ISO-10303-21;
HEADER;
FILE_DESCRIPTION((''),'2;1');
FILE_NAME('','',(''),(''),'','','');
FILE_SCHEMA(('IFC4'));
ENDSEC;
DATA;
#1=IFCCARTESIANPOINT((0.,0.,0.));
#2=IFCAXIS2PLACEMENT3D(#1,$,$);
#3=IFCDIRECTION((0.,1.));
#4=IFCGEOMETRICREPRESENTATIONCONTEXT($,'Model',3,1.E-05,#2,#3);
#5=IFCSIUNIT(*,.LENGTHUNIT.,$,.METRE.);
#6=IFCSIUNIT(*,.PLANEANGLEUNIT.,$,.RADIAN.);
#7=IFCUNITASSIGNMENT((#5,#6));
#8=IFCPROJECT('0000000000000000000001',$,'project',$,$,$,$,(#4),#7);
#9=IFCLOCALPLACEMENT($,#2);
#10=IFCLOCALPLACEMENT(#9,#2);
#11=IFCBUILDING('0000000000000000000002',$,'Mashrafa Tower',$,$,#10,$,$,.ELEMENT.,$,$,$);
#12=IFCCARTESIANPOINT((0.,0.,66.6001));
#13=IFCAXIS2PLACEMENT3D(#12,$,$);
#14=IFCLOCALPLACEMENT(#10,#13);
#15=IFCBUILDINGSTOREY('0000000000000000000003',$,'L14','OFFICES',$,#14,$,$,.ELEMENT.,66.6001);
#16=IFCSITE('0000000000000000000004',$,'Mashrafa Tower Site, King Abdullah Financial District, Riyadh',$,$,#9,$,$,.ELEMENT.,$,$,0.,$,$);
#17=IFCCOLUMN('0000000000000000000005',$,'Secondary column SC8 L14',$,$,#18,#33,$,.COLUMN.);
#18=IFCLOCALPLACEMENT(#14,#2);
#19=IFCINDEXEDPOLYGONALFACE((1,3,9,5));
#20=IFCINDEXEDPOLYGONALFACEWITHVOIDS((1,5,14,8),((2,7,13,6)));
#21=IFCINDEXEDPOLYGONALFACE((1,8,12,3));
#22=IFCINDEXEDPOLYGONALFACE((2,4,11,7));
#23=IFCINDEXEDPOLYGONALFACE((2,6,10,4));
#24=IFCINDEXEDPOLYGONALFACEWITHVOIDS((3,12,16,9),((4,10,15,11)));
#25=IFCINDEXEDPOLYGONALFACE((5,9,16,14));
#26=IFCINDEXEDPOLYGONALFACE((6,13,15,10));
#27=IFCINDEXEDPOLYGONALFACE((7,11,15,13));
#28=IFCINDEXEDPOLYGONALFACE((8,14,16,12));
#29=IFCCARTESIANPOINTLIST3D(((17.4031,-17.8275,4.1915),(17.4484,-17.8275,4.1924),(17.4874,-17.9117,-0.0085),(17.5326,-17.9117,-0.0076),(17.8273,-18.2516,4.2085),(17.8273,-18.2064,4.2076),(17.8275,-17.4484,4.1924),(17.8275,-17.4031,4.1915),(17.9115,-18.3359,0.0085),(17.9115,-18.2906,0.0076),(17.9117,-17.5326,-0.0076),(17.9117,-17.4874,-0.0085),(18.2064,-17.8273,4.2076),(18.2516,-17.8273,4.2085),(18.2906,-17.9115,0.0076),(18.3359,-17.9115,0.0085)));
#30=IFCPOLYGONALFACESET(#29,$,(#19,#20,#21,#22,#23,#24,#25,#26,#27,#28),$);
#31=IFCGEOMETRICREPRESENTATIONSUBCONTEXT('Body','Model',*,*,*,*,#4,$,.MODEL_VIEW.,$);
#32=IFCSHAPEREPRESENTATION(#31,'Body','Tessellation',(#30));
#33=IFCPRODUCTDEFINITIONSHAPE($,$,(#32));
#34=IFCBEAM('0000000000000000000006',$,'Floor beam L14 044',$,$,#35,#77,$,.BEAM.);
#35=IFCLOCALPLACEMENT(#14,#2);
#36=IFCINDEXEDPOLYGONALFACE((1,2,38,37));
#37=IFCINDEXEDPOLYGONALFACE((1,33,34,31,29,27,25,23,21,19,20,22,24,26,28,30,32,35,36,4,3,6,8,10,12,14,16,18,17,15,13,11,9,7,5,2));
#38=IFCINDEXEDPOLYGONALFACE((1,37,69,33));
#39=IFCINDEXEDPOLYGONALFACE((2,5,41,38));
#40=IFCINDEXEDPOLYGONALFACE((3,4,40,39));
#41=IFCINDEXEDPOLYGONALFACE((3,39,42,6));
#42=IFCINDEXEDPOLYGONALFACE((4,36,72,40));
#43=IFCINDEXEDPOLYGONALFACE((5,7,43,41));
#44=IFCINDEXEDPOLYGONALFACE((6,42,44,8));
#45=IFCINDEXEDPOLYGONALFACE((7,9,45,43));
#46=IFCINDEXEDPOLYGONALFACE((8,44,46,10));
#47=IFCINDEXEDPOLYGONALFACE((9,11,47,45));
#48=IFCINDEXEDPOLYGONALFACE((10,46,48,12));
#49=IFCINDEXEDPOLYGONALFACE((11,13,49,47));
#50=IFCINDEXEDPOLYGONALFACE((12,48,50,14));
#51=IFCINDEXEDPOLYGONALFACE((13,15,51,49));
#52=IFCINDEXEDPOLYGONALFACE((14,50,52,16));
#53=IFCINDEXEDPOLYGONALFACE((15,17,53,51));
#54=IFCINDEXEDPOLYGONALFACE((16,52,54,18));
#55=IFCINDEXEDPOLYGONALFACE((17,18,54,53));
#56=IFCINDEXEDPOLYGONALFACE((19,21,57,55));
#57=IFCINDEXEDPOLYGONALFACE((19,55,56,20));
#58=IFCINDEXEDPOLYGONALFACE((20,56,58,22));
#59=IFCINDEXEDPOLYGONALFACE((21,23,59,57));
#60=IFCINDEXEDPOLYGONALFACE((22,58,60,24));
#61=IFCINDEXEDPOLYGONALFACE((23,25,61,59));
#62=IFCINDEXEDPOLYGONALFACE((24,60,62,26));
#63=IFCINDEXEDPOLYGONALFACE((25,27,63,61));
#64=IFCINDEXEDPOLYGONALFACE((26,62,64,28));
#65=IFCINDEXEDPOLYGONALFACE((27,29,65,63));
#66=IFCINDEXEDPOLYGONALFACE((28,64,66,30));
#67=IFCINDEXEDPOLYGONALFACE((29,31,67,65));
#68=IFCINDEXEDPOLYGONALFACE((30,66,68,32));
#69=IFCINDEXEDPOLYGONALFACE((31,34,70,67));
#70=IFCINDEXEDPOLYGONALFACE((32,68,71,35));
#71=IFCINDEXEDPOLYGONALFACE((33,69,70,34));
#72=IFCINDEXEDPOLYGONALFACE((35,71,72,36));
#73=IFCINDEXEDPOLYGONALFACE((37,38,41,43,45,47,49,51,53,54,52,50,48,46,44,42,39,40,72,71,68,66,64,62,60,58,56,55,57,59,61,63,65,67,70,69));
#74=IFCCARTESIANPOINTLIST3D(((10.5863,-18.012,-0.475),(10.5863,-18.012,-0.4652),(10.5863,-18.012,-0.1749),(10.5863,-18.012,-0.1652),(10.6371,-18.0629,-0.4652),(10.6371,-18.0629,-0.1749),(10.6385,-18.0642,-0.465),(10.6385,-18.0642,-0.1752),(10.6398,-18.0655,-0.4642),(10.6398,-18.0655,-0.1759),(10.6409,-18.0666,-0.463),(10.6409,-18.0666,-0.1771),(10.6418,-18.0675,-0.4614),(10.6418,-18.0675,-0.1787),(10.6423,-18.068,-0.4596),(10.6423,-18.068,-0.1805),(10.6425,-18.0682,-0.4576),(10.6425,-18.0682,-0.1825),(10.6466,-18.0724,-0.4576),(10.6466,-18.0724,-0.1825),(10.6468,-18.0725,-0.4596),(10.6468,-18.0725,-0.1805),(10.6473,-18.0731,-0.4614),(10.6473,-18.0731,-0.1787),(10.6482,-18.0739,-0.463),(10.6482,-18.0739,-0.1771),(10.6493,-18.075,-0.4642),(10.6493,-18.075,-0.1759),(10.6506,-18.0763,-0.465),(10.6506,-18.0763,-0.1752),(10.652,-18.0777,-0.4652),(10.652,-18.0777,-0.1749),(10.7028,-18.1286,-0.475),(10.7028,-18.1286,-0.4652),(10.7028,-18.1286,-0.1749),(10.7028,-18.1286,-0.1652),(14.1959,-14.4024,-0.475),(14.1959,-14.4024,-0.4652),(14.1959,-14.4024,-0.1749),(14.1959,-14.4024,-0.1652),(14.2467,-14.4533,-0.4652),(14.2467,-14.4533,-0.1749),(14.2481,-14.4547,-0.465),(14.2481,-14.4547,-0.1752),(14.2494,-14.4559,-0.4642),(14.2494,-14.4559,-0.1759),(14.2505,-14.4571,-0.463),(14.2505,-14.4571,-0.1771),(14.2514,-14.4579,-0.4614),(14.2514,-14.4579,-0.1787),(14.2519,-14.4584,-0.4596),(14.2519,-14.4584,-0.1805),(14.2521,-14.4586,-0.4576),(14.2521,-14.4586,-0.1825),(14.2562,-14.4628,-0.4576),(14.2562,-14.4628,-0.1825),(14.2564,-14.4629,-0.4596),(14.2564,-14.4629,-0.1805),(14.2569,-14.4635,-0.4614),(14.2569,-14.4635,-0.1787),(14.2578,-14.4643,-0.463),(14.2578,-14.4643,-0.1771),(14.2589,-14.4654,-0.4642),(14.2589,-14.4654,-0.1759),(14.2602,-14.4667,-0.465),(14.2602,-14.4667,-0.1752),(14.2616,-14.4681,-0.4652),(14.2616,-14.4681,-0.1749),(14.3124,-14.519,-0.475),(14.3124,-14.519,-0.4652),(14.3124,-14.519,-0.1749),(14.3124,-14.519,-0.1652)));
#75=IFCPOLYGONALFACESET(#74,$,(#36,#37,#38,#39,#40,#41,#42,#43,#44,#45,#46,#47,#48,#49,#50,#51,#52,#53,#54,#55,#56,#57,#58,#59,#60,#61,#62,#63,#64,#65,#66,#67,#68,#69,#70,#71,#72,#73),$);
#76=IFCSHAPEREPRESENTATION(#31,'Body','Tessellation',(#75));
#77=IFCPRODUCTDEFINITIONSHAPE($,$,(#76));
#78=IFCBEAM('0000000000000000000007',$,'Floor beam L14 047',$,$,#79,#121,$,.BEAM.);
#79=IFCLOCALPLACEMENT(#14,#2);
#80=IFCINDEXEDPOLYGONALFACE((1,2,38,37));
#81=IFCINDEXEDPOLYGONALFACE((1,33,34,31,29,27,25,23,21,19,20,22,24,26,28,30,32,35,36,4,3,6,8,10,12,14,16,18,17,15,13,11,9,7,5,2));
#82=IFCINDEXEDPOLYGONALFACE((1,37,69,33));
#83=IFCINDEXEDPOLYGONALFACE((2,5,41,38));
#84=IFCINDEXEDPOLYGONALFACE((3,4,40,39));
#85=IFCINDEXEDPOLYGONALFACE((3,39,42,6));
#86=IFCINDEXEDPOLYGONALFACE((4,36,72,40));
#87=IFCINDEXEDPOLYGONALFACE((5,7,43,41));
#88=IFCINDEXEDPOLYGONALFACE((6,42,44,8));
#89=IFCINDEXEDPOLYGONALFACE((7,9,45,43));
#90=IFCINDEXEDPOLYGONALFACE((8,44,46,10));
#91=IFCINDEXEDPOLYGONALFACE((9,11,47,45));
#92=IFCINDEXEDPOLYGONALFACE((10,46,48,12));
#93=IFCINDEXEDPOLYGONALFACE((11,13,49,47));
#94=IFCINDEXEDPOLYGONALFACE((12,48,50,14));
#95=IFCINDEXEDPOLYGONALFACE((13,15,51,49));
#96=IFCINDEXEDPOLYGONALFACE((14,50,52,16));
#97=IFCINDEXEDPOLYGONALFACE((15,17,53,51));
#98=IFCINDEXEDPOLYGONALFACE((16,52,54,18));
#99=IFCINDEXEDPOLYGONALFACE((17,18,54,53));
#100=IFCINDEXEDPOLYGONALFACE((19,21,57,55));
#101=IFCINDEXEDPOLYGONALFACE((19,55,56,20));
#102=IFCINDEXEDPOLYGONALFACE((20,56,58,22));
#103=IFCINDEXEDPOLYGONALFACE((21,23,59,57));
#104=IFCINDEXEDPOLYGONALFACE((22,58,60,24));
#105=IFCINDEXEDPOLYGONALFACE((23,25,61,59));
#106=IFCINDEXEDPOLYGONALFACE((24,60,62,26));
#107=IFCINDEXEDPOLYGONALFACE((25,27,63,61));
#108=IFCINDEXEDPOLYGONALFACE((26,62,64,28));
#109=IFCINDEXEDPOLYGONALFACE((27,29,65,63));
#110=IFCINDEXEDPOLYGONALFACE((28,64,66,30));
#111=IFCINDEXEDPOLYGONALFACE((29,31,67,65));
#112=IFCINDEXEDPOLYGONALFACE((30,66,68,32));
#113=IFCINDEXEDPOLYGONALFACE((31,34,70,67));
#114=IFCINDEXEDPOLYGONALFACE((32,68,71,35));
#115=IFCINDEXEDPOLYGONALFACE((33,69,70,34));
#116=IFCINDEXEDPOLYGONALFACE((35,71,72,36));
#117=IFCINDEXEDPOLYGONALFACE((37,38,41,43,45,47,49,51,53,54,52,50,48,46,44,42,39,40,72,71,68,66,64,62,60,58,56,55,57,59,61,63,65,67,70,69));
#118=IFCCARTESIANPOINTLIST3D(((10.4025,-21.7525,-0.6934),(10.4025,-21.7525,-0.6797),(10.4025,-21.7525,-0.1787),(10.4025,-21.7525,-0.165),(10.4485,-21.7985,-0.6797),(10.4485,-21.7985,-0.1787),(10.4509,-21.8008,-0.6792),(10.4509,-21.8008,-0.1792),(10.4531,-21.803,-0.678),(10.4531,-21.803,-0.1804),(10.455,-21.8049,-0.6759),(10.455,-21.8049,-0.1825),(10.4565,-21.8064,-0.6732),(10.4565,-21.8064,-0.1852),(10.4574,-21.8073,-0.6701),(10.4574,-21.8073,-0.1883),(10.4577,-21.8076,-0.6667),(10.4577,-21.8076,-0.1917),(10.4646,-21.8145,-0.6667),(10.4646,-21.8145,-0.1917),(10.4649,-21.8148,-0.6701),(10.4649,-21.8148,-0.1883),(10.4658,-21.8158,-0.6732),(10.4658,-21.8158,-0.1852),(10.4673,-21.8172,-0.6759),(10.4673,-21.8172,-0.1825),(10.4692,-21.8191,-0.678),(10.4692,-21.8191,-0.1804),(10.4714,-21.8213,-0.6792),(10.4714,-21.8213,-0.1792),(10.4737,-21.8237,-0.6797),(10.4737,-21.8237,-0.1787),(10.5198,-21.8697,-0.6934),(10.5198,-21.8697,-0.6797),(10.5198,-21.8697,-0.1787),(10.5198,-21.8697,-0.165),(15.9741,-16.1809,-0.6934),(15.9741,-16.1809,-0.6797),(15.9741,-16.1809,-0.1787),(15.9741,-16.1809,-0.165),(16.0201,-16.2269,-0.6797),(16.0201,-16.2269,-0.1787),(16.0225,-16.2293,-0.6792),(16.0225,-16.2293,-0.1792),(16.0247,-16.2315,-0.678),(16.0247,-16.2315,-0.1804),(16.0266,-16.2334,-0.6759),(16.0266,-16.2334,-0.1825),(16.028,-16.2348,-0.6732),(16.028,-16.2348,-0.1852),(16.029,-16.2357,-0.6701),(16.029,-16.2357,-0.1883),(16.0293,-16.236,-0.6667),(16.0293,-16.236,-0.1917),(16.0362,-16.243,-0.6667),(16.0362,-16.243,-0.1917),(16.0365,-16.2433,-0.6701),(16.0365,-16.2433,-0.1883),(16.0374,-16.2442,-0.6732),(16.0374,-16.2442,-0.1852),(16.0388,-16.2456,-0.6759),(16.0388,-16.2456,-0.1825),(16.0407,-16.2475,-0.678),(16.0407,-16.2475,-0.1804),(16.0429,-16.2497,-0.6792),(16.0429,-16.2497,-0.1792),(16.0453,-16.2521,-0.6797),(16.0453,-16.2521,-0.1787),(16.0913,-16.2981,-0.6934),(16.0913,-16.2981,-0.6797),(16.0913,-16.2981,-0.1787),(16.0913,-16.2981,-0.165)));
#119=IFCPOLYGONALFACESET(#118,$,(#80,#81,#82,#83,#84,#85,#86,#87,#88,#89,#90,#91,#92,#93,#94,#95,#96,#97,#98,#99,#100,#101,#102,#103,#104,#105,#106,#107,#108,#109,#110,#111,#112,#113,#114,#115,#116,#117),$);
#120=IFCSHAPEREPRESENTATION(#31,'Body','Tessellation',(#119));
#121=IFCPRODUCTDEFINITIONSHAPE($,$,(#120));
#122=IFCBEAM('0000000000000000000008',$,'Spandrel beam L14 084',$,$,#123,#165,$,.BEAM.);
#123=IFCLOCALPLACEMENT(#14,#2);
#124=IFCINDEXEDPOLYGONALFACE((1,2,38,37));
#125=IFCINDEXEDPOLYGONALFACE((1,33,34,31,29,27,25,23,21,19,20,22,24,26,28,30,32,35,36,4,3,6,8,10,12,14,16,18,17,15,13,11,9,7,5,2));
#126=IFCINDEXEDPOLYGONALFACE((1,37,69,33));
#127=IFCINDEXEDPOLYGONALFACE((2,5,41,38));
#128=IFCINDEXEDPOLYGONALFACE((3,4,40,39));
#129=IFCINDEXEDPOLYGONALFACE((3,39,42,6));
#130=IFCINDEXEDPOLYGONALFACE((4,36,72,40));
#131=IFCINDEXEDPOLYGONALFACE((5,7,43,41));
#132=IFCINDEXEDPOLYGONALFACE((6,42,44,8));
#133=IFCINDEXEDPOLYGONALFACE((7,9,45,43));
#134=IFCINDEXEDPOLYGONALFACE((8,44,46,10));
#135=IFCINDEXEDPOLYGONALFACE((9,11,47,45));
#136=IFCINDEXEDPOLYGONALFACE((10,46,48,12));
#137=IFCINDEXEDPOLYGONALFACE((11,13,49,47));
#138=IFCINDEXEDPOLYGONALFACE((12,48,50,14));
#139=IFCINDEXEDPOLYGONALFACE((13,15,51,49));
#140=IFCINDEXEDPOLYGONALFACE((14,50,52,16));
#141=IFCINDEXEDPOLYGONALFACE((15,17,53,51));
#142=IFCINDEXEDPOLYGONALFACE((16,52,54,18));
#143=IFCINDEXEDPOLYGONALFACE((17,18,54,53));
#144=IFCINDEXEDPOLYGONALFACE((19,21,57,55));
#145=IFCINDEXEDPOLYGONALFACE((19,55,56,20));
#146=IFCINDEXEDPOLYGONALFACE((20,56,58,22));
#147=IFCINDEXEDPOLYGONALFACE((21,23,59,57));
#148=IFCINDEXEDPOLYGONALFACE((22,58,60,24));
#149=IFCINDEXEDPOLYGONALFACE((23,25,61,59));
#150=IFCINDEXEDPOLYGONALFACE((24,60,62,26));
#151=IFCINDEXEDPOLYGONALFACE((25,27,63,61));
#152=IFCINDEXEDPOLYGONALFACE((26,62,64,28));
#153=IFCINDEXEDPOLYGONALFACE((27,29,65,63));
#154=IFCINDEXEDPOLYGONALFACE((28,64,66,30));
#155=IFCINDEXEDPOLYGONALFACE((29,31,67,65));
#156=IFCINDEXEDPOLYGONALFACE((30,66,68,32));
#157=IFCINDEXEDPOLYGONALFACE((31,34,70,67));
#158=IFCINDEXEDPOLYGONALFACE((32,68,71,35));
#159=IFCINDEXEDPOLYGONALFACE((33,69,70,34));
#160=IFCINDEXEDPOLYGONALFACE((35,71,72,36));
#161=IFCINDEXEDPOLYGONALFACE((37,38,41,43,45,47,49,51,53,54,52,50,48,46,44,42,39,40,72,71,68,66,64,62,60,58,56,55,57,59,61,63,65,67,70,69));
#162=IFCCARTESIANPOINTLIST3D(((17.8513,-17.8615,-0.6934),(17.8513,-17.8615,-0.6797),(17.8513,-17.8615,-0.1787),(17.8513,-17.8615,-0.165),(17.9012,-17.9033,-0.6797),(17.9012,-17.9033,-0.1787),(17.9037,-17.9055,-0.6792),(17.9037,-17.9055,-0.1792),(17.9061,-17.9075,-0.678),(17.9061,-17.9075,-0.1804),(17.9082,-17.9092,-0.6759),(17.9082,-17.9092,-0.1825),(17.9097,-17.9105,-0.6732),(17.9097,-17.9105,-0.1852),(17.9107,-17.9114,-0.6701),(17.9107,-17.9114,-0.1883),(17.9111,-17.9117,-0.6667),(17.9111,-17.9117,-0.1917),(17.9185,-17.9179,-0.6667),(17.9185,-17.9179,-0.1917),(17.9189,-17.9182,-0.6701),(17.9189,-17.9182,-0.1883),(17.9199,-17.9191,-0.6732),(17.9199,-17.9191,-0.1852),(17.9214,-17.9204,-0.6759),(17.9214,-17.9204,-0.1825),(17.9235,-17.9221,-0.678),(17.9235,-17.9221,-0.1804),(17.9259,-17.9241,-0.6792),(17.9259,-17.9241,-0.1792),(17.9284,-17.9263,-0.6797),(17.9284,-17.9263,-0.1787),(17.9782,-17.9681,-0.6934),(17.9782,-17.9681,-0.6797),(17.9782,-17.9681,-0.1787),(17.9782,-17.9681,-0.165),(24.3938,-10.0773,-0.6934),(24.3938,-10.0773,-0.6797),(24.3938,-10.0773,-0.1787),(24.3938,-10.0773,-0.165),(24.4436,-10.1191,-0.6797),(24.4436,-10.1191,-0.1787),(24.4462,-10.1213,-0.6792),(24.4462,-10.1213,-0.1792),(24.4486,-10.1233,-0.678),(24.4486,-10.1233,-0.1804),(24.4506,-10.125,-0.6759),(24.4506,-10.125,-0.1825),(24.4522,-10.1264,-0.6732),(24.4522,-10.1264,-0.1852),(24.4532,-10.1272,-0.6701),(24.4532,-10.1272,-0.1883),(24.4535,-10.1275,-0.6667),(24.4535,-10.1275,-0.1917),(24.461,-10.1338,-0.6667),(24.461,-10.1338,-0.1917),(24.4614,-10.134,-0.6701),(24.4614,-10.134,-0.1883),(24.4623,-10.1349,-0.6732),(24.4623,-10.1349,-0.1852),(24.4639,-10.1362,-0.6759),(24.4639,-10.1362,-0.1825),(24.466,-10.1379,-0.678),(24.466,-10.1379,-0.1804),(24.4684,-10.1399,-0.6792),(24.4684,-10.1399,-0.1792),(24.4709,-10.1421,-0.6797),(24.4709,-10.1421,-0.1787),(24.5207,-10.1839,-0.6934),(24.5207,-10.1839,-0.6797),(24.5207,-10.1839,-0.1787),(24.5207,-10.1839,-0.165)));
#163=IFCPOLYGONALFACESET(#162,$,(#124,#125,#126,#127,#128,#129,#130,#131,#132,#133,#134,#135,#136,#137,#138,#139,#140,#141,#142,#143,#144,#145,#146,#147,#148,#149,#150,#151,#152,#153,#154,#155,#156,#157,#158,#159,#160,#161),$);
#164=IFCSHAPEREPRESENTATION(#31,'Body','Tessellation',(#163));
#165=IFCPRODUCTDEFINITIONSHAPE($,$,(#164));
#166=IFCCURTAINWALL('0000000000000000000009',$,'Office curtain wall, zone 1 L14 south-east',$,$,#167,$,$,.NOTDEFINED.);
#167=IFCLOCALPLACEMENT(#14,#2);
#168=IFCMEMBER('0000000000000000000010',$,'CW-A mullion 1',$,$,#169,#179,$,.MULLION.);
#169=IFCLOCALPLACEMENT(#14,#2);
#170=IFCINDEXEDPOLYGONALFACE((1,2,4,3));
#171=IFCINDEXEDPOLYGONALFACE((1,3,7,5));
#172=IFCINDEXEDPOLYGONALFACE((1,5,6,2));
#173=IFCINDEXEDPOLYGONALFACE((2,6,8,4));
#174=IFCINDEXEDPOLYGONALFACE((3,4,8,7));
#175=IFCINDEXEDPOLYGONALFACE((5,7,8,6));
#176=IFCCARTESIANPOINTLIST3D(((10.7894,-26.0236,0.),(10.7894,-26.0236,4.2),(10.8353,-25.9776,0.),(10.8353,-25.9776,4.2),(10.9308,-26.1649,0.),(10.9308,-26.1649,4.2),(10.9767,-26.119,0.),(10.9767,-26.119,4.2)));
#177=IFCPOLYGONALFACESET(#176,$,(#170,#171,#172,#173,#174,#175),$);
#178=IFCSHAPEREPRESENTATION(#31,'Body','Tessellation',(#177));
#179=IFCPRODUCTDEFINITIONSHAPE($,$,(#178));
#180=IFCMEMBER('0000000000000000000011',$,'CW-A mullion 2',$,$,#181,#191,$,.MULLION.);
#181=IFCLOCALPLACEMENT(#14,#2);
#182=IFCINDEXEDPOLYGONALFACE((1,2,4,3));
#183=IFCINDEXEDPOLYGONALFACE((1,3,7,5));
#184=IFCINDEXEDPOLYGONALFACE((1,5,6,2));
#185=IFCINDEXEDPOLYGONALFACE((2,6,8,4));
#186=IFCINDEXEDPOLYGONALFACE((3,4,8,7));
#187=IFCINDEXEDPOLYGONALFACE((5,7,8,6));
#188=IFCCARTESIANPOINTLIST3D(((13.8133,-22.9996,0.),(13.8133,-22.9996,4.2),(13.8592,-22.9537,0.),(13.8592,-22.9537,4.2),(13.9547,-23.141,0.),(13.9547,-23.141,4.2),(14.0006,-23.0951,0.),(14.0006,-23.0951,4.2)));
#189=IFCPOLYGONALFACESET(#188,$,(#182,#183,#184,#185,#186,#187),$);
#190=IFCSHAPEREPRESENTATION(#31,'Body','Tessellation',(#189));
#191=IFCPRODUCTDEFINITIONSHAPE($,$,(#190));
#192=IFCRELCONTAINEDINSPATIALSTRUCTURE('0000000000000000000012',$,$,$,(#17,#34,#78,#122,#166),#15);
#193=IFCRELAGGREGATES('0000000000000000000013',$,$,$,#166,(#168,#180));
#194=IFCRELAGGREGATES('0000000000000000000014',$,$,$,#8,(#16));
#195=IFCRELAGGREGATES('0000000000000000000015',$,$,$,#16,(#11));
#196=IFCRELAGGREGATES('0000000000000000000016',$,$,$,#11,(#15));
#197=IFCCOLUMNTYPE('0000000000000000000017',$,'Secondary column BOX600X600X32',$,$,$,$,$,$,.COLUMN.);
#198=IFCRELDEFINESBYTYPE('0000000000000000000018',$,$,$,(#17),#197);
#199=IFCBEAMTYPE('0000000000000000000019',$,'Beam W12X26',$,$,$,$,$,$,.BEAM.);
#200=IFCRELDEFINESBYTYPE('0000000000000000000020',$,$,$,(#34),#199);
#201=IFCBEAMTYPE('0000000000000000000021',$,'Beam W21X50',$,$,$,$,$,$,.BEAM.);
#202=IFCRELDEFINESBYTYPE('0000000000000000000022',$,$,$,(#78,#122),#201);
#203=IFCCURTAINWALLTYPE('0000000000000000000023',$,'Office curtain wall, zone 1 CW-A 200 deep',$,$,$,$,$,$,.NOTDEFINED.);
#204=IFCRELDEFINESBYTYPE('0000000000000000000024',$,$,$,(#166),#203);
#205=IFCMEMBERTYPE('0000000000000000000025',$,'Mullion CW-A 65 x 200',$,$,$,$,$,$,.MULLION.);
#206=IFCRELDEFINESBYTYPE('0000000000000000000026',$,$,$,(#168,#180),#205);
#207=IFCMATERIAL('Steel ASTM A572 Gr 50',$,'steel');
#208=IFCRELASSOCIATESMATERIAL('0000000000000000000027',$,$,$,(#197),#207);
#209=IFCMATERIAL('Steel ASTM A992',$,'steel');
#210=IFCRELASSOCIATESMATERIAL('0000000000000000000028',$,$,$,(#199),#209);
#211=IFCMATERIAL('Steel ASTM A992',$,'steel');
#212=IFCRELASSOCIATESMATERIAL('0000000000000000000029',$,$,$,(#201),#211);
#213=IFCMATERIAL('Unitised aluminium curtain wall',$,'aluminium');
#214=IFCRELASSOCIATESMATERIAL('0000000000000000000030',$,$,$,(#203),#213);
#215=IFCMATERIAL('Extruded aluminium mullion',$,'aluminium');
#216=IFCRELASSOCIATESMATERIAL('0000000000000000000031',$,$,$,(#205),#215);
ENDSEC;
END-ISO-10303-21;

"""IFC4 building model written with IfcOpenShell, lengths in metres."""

from ifc_helpers import new_model, si_unit, direction, frame, origin, origin_2d, place, context, subcontext, project, spatial, rectangle, hollow_rectangle, i_section, extrude, source, transform, mapped, material, material_profile, profile_set, type_object, type_shapes, element, aggregate, save


model = new_model("IFC4")

# Units and contexts
model_context = context("Model", 3, precision=1e-05, world=origin(), true_north=direction((0.0, 1.0)))
body_context = subcontext(model_context, "Body", "Model", "MODEL_VIEW")
ifc_project = project(units=[si_unit("LENGTHUNIT", "METRE"), si_unit("PLANEANGLEUNIT", "RADIAN")], contexts=[model_context])

# Site, building, storey
site_placement = place(None, origin())
site = spatial("IfcSite", under=ifc_project, at=site_placement, Name="Mashrafa Tower Site, King Abdullah Financial District, Riyadh", CompositionType="ELEMENT", RefElevation=0.0)
building_placement = place(site_placement, origin())
building = spatial("IfcBuilding", under=site, at=building_placement, Name="Mashrafa Tower", CompositionType="ELEMENT")
storey_placement = place(building_placement, frame((0.0, 0.0, 66.6001)))
storey = spatial("IfcBuildingStorey", under=building, at=storey_placement, Name="L14", Description="OFFICES", CompositionType="ELEMENT", Elevation=66.6001)

# Column
ifc_material_1 = material(Name="Steel ASTM A572 Gr 50", Category="steel")
ifc_material_profile_1 = material_profile(ifc_material_1, hollow_rectangle(XDim=0.6001, YDim=0.6001, WallThickness=0.032, at=origin_2d()), Name="BOX600X600X32")
ifc_profile_set_1 = profile_set([ifc_material_profile_1], Name="Steel ASTM A572 Gr 50")
column_type = type_object("IfcColumnType", Name="Secondary column BOX600X600X32", PredefinedType="COLUMN", material=ifc_profile_set_1)
column_placement = place(storey_placement, frame((17.9116, -17.9116, 0.0), z_axis=(-0.020047, 0.020047, 0.999598), x_axis=(-0.707107, -0.707107, 0.0)))
element("IfcColumn", 1, at=column_placement, inside=storey, type_object=column_type, Name="Secondary column SC8 L14", PredefinedType="COLUMN", context=body_context, shape_type="SweptSolid", body=[
    extrude(hollow_rectangle(XDim=0.6001, YDim=0.6001, WallThickness=0.032, at=origin_2d()), origin(), (0.0, 0.0, 1.0), 4.2017),
])

# Beams
ifc_material_2 = material(Name="Steel ASTM A992", Category="steel")
ifc_material_profile_2 = material_profile(ifc_material_2, i_section(OverallWidth=0.1648, OverallDepth=0.3098, WebThickness=0.0059, FlangeThickness=0.0098, FilletRadius=0.0076, at=origin_2d()), Name="W12X26")
ifc_profile_set_2 = profile_set([ifc_material_profile_2], Name="Steel ASTM A992")
beam_type_1 = type_object("IfcBeamType", Name="Beam W12X26", PredefinedType="BEAM", material=ifc_profile_set_2)
beam_1_placement = place(storey_placement, frame((14.2542, -14.4607, -0.3201), z_axis=(-0.707107, -0.707107, 0.0), x_axis=(0.707107, -0.707107, 0.0)))
element("IfcBeam", 2, at=beam_1_placement, inside=storey, type_object=beam_type_1, Name="Floor beam L14 044", PredefinedType="BEAM", context=body_context, shape_type="SweptSolid", body=[
    extrude(i_section(OverallWidth=0.1648, OverallDepth=0.3098, WebThickness=0.0059, FlangeThickness=0.0098, FilletRadius=0.0076, at=origin_2d()), origin(), (0.0, 0.0, 1.0), 5.1047),
])
ifc_material_3 = material(Name="Steel ASTM A992", Category="steel")
ifc_material_profile_3 = material_profile(ifc_material_3, i_section(OverallWidth=0.1658, OverallDepth=0.5283, WebThickness=0.0098, FlangeThickness=0.0137, FilletRadius=0.0129, at=origin_2d()), Name="W21X50")
ifc_profile_set_3 = profile_set([ifc_material_profile_3], Name="Steel ASTM A992")
beam_type_2 = type_object("IfcBeamType", Name="Beam W21X50", PredefinedType="BEAM", material=ifc_profile_set_3)
beam_2_placement = place(storey_placement, frame((16.0327, -16.2395, -0.4292), z_axis=(-0.707107, -0.707107, 0.0), x_axis=(0.707107, -0.707107, 0.0)))
element("IfcBeam", 3, at=beam_2_placement, inside=storey, type_object=beam_type_2, Name="Floor beam L14 047", PredefinedType="BEAM", context=body_context, shape_type="SweptSolid", body=[
    extrude(i_section(OverallWidth=0.1658, OverallDepth=0.5283, WebThickness=0.0098, FlangeThickness=0.0137, FilletRadius=0.0129, at=origin_2d()), origin(), (0.0, 0.0, 1.0), 7.8794),
])
beam_3_placement = place(storey_placement, frame((17.9148, -17.9148, -0.4292), z_axis=(0.643409, 0.765522, 0.0), x_axis=(-0.765522, 0.643409, 0.0)))
element("IfcBeam", 4, at=beam_3_placement, inside=storey, type_object=beam_type_2, Name="Spandrel beam L14 084", PredefinedType="BEAM", context=body_context, shape_type="SweptSolid", body=[
    extrude(i_section(OverallWidth=0.1658, OverallDepth=0.5283, WebThickness=0.0098, FlangeThickness=0.0137, FilletRadius=0.0129, at=origin_2d()), origin(), (0.0, 0.0, 1.0), 10.1685),
])

# Curtain wall, members
ifc_material_4 = material(Name="Unitised aluminium curtain wall", Category="aluminium")
curtain_wall_type = type_object("IfcCurtainWallType", Name="Office curtain wall, zone 1 CW-A 200 deep", PredefinedType="NOTDEFINED", material=ifc_material_4)
curtain_wall_placement = place(storey_placement, origin())
curtain_wall = element("IfcCurtainWall", 5, at=curtain_wall_placement, inside=storey, type_object=curtain_wall_type, Name="Office curtain wall, zone 1 L14 south-east", PredefinedType="NOTDEFINED")
ifc_material_5 = material(Name="Extruded aluminium mullion", Category="aluminium")
ifc_material_profile_4 = material_profile(ifc_material_5, rectangle(XDim=0.2, YDim=0.0649, at=origin_2d()), Name="Mullion 65x200")
ifc_profile_set_4 = profile_set([ifc_material_profile_4], Name="Extruded aluminium mullion")
member_type_1 = type_object("IfcMemberType", Name="Mullion CW-A 65 x 200", PredefinedType="MULLION", material=ifc_profile_set_4)
shared_shape_1 = source(origin(), body_context, "Body", "SweptSolid", [
    extrude(rectangle(XDim=0.2, YDim=0.0649, at=origin_2d()), origin(), (0.0, 0.0, 1.0), 4.2),
])
type_shapes(member_type_1, [shared_shape_1])
member_1_placement = place(storey_placement, frame((10.8831, -26.0713, 0.0), z_axis=(0.0, 0.0, 1.0), x_axis=(-0.707107, 0.707107, 0.0)))
member_1 = element("IfcMember", 6, at=member_1_placement, type_object=member_type_1, Name="CW-A mullion 1", PredefinedType="MULLION", context=body_context, shape_type="MappedRepresentation", body=[
    mapped(shared_shape_1, transform((0.0, 0.0, 0.0))),
])
member_2_placement = place(storey_placement, frame((13.907, -23.0474, 0.0), z_axis=(0.0, 0.0, 1.0), x_axis=(-0.707107, 0.707107, 0.0)))
member_2 = element("IfcMember", 7, at=member_2_placement, type_object=member_type_1, Name="CW-A mullion 2", PredefinedType="MULLION", context=body_context, shape_type="MappedRepresentation", body=[
    mapped(shared_shape_1, transform((0.0, 0.0, 0.0))),
])
aggregate(curtain_wall, [member_1, member_2])

save(model, "model.ifc")
